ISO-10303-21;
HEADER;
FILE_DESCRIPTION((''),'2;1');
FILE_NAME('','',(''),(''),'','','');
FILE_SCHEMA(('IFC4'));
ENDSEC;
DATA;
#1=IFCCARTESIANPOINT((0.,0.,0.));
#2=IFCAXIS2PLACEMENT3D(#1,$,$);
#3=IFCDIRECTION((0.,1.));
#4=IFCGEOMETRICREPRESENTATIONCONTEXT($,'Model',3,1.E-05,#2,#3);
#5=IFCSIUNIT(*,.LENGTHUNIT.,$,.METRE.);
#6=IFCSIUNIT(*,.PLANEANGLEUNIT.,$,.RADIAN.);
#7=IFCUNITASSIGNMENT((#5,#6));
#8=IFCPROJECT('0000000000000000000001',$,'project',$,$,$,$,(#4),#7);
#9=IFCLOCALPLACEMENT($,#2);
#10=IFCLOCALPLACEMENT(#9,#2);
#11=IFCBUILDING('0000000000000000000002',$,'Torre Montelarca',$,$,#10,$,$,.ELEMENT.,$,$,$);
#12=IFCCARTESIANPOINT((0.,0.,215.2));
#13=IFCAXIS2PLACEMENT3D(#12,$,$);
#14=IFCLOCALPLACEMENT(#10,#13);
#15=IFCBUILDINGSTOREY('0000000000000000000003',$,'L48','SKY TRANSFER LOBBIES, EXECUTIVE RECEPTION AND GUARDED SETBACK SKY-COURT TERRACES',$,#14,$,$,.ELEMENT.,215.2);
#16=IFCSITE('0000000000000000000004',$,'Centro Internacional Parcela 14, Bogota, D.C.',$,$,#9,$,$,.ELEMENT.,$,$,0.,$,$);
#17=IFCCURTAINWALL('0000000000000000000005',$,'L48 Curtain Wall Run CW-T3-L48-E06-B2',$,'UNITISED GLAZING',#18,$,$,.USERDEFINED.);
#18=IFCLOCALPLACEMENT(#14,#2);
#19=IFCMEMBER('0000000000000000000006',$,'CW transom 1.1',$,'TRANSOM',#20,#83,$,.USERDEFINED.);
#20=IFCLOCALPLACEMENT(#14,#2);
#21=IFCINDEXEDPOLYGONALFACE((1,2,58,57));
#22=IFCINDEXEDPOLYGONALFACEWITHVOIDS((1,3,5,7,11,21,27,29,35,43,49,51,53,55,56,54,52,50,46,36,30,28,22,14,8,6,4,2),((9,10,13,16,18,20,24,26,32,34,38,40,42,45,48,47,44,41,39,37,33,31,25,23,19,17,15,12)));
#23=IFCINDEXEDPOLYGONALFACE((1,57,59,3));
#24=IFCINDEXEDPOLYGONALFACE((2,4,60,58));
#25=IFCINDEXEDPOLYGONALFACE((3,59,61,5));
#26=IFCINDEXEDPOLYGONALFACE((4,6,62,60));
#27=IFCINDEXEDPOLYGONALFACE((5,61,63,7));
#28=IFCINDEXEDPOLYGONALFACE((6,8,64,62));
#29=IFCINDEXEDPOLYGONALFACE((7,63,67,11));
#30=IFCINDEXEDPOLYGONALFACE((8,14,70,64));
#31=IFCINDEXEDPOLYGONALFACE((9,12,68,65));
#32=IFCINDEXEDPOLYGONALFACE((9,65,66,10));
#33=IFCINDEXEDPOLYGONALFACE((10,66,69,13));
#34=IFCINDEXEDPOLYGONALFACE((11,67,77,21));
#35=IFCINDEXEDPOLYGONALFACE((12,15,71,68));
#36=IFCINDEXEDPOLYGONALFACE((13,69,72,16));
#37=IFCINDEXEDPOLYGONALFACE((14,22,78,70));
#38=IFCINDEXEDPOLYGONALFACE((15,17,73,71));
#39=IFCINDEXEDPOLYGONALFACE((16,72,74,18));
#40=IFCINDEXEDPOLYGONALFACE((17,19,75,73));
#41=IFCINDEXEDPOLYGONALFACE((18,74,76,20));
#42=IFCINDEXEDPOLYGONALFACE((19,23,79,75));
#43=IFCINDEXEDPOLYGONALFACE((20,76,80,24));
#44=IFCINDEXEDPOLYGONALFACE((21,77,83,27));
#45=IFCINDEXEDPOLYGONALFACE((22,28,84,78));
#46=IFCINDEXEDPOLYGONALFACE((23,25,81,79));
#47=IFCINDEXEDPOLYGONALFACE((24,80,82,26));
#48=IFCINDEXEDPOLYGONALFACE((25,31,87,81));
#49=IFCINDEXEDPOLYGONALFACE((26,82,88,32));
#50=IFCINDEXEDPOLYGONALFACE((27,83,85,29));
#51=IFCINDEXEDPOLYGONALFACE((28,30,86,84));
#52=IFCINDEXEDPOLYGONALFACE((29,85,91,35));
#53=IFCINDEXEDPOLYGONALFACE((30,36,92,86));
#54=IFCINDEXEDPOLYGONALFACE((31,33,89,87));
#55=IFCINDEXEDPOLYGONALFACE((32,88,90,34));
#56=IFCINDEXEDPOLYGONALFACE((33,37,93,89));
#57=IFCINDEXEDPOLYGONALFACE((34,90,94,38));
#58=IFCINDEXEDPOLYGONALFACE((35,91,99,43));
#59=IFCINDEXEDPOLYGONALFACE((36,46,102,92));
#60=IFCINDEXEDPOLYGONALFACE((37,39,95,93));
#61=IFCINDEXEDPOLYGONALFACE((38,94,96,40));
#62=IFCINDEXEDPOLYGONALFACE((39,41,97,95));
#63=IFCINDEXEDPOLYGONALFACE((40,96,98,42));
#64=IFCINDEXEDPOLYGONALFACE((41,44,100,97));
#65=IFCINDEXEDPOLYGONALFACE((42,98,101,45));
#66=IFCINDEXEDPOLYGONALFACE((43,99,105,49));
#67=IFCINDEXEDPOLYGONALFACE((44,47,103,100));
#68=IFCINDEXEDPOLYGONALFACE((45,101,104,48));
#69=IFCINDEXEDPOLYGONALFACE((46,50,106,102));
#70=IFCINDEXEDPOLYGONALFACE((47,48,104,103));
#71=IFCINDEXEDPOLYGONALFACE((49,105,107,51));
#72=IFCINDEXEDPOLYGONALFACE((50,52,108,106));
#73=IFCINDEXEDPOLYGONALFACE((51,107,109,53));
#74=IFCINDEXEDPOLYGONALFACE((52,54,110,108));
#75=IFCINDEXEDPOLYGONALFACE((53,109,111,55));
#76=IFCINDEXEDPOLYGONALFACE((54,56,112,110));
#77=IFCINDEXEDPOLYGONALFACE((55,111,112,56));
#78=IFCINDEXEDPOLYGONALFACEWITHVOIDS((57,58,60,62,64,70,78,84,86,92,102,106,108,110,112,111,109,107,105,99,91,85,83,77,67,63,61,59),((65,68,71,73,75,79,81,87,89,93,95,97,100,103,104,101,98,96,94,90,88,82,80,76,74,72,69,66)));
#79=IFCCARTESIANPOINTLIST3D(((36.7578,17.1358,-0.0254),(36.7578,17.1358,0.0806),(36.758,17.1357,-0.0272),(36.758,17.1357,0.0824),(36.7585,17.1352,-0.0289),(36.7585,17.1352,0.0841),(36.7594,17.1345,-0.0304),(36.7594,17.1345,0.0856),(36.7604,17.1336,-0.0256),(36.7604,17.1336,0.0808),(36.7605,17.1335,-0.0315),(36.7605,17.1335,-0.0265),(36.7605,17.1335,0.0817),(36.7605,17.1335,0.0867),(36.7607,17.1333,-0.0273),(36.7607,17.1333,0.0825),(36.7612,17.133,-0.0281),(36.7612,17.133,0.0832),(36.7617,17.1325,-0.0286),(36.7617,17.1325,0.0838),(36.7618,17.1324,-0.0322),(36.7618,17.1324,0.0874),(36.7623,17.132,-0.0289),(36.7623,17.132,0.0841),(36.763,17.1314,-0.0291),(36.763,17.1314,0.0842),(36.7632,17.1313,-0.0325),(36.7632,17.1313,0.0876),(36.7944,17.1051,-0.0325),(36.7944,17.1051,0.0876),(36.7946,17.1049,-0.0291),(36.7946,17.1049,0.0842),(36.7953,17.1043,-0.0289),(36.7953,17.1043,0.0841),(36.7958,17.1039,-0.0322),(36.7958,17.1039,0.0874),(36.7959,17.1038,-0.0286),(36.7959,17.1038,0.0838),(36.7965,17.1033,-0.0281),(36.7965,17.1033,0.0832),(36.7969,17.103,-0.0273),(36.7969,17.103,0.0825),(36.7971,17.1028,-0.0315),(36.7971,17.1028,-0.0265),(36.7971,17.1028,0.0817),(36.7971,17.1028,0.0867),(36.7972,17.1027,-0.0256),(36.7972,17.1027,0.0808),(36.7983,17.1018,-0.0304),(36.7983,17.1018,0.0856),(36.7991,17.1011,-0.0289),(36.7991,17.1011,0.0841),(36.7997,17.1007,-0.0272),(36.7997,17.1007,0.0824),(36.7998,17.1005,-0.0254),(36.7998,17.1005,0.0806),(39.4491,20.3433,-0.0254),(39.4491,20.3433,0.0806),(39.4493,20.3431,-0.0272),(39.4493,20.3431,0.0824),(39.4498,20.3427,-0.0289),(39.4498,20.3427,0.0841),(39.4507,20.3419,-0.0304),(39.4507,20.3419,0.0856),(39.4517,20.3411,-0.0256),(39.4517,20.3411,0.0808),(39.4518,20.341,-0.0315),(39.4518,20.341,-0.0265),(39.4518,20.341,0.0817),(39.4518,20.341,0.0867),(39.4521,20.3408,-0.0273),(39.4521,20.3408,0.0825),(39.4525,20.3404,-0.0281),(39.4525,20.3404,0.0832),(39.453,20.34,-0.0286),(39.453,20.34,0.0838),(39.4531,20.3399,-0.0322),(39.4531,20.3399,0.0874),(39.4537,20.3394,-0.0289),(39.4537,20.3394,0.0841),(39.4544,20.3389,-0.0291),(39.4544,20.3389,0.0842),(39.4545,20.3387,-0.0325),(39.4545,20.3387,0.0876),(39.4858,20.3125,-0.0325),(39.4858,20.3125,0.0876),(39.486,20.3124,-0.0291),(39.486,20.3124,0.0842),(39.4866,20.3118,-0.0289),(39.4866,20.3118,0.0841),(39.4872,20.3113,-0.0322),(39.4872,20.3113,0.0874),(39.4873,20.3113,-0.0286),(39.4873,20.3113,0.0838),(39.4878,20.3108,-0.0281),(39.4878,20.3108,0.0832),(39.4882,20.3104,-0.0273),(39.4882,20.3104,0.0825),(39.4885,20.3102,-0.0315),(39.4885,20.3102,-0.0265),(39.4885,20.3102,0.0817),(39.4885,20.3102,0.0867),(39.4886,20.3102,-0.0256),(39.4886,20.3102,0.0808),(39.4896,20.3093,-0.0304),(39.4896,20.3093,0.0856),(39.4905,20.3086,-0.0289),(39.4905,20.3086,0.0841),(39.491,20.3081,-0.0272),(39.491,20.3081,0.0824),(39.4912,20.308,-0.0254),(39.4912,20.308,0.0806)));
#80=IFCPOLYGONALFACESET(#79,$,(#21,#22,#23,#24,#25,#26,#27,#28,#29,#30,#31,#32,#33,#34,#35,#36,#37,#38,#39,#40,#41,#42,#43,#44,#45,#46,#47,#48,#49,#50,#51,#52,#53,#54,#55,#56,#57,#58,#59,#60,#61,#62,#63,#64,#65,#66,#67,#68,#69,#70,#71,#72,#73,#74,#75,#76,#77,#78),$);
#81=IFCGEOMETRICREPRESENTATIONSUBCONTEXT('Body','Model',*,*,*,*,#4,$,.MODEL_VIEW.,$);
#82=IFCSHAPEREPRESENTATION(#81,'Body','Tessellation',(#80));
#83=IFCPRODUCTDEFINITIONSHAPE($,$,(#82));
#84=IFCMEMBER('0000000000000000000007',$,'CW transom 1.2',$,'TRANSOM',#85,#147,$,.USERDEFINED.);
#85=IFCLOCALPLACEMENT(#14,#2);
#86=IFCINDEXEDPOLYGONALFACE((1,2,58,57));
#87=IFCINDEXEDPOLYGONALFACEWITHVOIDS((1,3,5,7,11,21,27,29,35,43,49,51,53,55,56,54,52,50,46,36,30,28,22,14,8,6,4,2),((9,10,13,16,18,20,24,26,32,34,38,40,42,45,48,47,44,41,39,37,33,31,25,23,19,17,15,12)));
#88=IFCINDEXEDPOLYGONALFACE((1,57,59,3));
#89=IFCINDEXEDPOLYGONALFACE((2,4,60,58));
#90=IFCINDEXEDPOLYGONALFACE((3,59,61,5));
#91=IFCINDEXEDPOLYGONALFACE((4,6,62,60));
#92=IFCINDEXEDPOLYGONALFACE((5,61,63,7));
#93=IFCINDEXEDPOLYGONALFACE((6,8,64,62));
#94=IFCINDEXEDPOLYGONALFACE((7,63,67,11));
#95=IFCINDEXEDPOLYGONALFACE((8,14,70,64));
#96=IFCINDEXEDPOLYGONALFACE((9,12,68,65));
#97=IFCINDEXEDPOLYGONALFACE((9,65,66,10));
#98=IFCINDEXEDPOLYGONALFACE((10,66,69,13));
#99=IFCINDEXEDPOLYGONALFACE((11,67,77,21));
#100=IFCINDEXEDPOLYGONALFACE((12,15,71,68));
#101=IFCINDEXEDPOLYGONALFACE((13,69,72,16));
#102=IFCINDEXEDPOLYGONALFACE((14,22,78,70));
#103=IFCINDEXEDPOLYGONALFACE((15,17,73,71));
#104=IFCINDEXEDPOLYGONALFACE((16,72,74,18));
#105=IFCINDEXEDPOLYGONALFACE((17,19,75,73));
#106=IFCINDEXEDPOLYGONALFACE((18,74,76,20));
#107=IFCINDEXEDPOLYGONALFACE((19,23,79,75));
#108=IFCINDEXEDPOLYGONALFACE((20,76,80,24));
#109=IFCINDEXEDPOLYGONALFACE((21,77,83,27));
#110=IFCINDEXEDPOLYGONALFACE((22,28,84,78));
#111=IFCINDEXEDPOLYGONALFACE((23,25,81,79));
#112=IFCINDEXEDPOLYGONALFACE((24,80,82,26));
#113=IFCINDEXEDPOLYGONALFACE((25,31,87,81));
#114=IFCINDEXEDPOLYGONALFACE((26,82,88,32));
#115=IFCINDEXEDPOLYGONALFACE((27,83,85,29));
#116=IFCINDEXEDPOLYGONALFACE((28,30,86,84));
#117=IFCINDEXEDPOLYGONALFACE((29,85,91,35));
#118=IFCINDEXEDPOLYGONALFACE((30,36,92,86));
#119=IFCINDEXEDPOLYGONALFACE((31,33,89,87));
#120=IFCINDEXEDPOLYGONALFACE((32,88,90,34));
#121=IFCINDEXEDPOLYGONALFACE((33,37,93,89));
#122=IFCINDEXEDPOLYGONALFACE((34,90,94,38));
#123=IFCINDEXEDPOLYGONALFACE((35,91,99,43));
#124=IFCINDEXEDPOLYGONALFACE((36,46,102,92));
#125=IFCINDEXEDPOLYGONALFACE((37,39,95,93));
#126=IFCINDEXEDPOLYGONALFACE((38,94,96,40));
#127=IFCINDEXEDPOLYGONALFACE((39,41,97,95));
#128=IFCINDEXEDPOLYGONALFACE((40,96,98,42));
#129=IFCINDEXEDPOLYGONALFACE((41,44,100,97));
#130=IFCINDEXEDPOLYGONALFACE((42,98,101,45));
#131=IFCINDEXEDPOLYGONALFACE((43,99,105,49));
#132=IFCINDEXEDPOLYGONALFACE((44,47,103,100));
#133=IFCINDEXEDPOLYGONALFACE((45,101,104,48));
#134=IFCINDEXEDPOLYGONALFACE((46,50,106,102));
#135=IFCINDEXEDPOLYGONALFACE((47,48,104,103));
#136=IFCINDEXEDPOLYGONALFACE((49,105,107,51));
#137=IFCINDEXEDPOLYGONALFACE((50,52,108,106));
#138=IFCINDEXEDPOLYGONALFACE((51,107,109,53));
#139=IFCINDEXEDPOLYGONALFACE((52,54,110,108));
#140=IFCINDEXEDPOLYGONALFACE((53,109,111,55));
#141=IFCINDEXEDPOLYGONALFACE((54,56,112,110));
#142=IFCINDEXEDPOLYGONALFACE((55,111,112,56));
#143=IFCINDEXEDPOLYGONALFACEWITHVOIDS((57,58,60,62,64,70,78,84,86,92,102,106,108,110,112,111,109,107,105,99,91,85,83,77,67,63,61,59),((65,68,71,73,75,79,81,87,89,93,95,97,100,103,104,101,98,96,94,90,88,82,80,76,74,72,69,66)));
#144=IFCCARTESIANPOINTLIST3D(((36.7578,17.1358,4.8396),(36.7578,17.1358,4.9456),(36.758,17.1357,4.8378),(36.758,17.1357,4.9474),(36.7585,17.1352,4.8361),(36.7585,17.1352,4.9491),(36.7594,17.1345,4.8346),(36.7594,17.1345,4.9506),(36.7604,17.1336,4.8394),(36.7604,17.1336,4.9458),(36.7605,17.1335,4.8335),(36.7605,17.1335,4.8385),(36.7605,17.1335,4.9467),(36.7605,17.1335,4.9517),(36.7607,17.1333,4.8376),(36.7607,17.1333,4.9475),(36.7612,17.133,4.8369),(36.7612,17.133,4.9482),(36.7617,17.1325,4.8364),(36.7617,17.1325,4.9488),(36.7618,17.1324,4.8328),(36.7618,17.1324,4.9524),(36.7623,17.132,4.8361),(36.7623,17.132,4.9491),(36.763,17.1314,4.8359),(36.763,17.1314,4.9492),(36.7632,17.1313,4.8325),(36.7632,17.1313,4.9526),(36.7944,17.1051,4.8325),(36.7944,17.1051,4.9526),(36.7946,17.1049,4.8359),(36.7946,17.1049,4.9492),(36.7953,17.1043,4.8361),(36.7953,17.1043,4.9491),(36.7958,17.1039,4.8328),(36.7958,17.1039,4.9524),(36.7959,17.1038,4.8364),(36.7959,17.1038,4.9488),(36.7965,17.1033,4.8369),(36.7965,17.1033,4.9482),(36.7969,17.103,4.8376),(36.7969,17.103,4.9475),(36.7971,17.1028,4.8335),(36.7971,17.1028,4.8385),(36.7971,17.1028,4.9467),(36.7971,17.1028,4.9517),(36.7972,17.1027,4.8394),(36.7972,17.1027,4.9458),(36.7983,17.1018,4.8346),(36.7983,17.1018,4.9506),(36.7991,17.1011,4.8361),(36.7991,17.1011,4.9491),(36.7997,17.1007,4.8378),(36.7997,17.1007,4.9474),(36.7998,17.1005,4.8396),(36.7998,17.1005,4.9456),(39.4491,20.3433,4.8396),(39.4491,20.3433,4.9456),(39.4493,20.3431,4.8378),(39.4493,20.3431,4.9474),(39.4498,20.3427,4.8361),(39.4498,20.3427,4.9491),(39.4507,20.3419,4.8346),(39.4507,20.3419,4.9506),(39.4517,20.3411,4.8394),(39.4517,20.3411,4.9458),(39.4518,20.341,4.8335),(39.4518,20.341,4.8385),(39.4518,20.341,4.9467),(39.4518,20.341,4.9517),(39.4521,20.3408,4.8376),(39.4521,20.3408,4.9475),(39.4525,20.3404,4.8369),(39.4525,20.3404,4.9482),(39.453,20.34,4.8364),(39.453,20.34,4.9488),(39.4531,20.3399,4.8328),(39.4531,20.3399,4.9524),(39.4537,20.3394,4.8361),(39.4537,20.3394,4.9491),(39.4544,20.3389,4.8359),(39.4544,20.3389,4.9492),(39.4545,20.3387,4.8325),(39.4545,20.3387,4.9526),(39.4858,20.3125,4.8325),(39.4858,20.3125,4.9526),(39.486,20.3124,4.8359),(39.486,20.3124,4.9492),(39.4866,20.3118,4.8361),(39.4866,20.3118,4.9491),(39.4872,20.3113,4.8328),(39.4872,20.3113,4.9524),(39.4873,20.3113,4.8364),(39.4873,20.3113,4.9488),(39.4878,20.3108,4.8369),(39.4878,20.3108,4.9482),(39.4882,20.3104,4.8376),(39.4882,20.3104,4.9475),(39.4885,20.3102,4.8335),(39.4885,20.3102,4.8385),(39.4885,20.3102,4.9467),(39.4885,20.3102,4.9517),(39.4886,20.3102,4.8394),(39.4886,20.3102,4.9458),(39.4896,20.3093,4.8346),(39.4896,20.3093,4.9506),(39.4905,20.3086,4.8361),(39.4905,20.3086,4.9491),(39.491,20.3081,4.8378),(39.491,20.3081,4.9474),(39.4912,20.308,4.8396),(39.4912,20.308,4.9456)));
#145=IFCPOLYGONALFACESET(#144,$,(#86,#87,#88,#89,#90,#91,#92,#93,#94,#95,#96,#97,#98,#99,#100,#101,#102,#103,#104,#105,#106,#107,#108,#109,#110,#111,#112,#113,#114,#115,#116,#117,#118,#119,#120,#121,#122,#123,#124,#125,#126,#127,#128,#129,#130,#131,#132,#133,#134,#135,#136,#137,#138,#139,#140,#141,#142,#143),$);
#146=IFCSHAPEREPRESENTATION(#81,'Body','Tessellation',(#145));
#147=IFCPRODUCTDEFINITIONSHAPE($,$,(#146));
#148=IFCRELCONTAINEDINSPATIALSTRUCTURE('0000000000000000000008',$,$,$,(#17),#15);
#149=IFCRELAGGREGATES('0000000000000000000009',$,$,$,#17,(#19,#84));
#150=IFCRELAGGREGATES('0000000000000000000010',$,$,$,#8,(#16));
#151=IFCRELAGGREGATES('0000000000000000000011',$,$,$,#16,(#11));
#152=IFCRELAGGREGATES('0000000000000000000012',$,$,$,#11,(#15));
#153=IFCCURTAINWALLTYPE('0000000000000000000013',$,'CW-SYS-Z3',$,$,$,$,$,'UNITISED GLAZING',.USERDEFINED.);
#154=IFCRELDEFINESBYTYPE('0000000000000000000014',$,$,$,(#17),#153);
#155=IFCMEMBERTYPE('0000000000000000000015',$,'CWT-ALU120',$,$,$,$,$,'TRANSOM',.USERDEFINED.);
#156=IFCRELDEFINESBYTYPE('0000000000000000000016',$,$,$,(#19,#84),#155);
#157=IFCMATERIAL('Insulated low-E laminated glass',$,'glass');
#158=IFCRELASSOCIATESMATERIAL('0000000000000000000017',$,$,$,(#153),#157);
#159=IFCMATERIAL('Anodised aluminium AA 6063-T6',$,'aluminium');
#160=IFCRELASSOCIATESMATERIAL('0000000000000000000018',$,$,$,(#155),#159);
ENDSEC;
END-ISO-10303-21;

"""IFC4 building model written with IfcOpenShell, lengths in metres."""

from ifc_helpers import new_model, si_unit, direction, frame, origin, origin_2d, place, context, subcontext, project, spatial, hollow_rectangle, extrude, source, transform, mapped, material, material_profile, profile_set, type_object, element, aggregate, save


model = new_model("IFC4")

# Units and contexts
model_context = context("Model", 3, precision=1e-05, world=origin(), true_north=direction((0.0, 1.0)))
body_context = subcontext(model_context, "Body", "Model", "MODEL_VIEW")
ifc_project = project(units=[si_unit("LENGTHUNIT", "METRE"), si_unit("PLANEANGLEUNIT", "RADIAN")], contexts=[model_context])

# Site, building, storey
site_placement = place(None, origin())
site = spatial("IfcSite", under=ifc_project, at=site_placement, Name="Centro Internacional Parcela 14, Bogota, D.C.", CompositionType="ELEMENT", RefElevation=0.0)
building_placement = place(site_placement, origin())
building = spatial("IfcBuilding", under=site, at=building_placement, Name="Torre Montelarca", CompositionType="ELEMENT")
storey_placement = place(building_placement, frame((0.0, 0.0, 215.2)))
storey = spatial("IfcBuildingStorey", under=building, at=storey_placement, Name="L48", Description="SKY TRANSFER LOBBIES, EXECUTIVE RECEPTION AND GUARDED SETBACK SKY-COURT TERRACES", CompositionType="ELEMENT", Elevation=215.2)

# Curtain wall
ifc_material_1 = material(Name="Insulated low-E laminated glass", Category="glass")
curtain_wall_type = type_object("IfcCurtainWallType", Name="CW-SYS-Z3", ElementType="UNITISED GLAZING", PredefinedType="USERDEFINED", material=ifc_material_1)
ifc_material_2 = material(Name="Anodised aluminium AA 6063-T6", Category="aluminium")
curtain_wall_1_placement = place(storey_placement, origin())
curtain_wall_1 = element("IfcCurtainWall", 1, at=curtain_wall_1_placement, inside=storey, type_object=curtain_wall_type, Name="L48 Curtain Wall Run CW-T3-L48-E06-B2", ObjectType="UNITISED GLAZING", PredefinedType="USERDEFINED")

# Members
ifc_material_profile_1 = material_profile(ifc_material_2, hollow_rectangle(XDim=0.0549, YDim=0.1201, WallThickness=0.0034, InnerFilletRadius=0.0034, OuterFilletRadius=0.0071, at=origin_2d()), Name="ALU55X120X3.5", Category="aluminium")
ifc_profile_set_1 = profile_set([ifc_material_profile_1], Name="Anodised aluminium AA 6063-T6")
member_type_1 = type_object("IfcMemberType", Name="CWT-ALU120", ElementType="TRANSOM", PredefinedType="USERDEFINED", material=ifc_profile_set_1)
shared_shape_1 = source(origin(), body_context, "Body", "SweptSolid", [
    extrude(hollow_rectangle(XDim=0.0549, YDim=0.1201, WallThickness=0.0034, InnerFilletRadius=0.0034, OuterFilletRadius=0.0071, at=origin_2d()), origin(), (0.0, 0.0, 1.0), 4.187),
])
member_1_placement = place(storey_placement, frame((36.7788, 17.1182, 0.0276), z_axis=(0.642784, 0.766047, 0.0), x_axis=(-0.766047, 0.642784, 0.0)))
member_1 = element("IfcMember", 2, at=member_1_placement, type_object=member_type_1, Name="CW transom 1.1", ObjectType="TRANSOM", PredefinedType="USERDEFINED", context=body_context, shape_type="MappedRepresentation", body=[
    mapped(shared_shape_1, transform((0.0, 0.0, 0.0), scale=1.0)),
])
member_2_placement = place(storey_placement, frame((36.7788, 17.1182, 4.8926), z_axis=(0.642784, 0.766047, 0.0), x_axis=(-0.766047, 0.642784, 0.0)))
member_2 = element("IfcMember", 3, at=member_2_placement, type_object=member_type_1, Name="CW transom 1.2", ObjectType="TRANSOM", PredefinedType="USERDEFINED", context=body_context, shape_type="MappedRepresentation", body=[
    mapped(shared_shape_1, transform((0.0, 0.0, 0.0), scale=1.0)),
])

aggregate(curtain_wall_1, [member_1, member_2])

save(model, "model.ifc")
